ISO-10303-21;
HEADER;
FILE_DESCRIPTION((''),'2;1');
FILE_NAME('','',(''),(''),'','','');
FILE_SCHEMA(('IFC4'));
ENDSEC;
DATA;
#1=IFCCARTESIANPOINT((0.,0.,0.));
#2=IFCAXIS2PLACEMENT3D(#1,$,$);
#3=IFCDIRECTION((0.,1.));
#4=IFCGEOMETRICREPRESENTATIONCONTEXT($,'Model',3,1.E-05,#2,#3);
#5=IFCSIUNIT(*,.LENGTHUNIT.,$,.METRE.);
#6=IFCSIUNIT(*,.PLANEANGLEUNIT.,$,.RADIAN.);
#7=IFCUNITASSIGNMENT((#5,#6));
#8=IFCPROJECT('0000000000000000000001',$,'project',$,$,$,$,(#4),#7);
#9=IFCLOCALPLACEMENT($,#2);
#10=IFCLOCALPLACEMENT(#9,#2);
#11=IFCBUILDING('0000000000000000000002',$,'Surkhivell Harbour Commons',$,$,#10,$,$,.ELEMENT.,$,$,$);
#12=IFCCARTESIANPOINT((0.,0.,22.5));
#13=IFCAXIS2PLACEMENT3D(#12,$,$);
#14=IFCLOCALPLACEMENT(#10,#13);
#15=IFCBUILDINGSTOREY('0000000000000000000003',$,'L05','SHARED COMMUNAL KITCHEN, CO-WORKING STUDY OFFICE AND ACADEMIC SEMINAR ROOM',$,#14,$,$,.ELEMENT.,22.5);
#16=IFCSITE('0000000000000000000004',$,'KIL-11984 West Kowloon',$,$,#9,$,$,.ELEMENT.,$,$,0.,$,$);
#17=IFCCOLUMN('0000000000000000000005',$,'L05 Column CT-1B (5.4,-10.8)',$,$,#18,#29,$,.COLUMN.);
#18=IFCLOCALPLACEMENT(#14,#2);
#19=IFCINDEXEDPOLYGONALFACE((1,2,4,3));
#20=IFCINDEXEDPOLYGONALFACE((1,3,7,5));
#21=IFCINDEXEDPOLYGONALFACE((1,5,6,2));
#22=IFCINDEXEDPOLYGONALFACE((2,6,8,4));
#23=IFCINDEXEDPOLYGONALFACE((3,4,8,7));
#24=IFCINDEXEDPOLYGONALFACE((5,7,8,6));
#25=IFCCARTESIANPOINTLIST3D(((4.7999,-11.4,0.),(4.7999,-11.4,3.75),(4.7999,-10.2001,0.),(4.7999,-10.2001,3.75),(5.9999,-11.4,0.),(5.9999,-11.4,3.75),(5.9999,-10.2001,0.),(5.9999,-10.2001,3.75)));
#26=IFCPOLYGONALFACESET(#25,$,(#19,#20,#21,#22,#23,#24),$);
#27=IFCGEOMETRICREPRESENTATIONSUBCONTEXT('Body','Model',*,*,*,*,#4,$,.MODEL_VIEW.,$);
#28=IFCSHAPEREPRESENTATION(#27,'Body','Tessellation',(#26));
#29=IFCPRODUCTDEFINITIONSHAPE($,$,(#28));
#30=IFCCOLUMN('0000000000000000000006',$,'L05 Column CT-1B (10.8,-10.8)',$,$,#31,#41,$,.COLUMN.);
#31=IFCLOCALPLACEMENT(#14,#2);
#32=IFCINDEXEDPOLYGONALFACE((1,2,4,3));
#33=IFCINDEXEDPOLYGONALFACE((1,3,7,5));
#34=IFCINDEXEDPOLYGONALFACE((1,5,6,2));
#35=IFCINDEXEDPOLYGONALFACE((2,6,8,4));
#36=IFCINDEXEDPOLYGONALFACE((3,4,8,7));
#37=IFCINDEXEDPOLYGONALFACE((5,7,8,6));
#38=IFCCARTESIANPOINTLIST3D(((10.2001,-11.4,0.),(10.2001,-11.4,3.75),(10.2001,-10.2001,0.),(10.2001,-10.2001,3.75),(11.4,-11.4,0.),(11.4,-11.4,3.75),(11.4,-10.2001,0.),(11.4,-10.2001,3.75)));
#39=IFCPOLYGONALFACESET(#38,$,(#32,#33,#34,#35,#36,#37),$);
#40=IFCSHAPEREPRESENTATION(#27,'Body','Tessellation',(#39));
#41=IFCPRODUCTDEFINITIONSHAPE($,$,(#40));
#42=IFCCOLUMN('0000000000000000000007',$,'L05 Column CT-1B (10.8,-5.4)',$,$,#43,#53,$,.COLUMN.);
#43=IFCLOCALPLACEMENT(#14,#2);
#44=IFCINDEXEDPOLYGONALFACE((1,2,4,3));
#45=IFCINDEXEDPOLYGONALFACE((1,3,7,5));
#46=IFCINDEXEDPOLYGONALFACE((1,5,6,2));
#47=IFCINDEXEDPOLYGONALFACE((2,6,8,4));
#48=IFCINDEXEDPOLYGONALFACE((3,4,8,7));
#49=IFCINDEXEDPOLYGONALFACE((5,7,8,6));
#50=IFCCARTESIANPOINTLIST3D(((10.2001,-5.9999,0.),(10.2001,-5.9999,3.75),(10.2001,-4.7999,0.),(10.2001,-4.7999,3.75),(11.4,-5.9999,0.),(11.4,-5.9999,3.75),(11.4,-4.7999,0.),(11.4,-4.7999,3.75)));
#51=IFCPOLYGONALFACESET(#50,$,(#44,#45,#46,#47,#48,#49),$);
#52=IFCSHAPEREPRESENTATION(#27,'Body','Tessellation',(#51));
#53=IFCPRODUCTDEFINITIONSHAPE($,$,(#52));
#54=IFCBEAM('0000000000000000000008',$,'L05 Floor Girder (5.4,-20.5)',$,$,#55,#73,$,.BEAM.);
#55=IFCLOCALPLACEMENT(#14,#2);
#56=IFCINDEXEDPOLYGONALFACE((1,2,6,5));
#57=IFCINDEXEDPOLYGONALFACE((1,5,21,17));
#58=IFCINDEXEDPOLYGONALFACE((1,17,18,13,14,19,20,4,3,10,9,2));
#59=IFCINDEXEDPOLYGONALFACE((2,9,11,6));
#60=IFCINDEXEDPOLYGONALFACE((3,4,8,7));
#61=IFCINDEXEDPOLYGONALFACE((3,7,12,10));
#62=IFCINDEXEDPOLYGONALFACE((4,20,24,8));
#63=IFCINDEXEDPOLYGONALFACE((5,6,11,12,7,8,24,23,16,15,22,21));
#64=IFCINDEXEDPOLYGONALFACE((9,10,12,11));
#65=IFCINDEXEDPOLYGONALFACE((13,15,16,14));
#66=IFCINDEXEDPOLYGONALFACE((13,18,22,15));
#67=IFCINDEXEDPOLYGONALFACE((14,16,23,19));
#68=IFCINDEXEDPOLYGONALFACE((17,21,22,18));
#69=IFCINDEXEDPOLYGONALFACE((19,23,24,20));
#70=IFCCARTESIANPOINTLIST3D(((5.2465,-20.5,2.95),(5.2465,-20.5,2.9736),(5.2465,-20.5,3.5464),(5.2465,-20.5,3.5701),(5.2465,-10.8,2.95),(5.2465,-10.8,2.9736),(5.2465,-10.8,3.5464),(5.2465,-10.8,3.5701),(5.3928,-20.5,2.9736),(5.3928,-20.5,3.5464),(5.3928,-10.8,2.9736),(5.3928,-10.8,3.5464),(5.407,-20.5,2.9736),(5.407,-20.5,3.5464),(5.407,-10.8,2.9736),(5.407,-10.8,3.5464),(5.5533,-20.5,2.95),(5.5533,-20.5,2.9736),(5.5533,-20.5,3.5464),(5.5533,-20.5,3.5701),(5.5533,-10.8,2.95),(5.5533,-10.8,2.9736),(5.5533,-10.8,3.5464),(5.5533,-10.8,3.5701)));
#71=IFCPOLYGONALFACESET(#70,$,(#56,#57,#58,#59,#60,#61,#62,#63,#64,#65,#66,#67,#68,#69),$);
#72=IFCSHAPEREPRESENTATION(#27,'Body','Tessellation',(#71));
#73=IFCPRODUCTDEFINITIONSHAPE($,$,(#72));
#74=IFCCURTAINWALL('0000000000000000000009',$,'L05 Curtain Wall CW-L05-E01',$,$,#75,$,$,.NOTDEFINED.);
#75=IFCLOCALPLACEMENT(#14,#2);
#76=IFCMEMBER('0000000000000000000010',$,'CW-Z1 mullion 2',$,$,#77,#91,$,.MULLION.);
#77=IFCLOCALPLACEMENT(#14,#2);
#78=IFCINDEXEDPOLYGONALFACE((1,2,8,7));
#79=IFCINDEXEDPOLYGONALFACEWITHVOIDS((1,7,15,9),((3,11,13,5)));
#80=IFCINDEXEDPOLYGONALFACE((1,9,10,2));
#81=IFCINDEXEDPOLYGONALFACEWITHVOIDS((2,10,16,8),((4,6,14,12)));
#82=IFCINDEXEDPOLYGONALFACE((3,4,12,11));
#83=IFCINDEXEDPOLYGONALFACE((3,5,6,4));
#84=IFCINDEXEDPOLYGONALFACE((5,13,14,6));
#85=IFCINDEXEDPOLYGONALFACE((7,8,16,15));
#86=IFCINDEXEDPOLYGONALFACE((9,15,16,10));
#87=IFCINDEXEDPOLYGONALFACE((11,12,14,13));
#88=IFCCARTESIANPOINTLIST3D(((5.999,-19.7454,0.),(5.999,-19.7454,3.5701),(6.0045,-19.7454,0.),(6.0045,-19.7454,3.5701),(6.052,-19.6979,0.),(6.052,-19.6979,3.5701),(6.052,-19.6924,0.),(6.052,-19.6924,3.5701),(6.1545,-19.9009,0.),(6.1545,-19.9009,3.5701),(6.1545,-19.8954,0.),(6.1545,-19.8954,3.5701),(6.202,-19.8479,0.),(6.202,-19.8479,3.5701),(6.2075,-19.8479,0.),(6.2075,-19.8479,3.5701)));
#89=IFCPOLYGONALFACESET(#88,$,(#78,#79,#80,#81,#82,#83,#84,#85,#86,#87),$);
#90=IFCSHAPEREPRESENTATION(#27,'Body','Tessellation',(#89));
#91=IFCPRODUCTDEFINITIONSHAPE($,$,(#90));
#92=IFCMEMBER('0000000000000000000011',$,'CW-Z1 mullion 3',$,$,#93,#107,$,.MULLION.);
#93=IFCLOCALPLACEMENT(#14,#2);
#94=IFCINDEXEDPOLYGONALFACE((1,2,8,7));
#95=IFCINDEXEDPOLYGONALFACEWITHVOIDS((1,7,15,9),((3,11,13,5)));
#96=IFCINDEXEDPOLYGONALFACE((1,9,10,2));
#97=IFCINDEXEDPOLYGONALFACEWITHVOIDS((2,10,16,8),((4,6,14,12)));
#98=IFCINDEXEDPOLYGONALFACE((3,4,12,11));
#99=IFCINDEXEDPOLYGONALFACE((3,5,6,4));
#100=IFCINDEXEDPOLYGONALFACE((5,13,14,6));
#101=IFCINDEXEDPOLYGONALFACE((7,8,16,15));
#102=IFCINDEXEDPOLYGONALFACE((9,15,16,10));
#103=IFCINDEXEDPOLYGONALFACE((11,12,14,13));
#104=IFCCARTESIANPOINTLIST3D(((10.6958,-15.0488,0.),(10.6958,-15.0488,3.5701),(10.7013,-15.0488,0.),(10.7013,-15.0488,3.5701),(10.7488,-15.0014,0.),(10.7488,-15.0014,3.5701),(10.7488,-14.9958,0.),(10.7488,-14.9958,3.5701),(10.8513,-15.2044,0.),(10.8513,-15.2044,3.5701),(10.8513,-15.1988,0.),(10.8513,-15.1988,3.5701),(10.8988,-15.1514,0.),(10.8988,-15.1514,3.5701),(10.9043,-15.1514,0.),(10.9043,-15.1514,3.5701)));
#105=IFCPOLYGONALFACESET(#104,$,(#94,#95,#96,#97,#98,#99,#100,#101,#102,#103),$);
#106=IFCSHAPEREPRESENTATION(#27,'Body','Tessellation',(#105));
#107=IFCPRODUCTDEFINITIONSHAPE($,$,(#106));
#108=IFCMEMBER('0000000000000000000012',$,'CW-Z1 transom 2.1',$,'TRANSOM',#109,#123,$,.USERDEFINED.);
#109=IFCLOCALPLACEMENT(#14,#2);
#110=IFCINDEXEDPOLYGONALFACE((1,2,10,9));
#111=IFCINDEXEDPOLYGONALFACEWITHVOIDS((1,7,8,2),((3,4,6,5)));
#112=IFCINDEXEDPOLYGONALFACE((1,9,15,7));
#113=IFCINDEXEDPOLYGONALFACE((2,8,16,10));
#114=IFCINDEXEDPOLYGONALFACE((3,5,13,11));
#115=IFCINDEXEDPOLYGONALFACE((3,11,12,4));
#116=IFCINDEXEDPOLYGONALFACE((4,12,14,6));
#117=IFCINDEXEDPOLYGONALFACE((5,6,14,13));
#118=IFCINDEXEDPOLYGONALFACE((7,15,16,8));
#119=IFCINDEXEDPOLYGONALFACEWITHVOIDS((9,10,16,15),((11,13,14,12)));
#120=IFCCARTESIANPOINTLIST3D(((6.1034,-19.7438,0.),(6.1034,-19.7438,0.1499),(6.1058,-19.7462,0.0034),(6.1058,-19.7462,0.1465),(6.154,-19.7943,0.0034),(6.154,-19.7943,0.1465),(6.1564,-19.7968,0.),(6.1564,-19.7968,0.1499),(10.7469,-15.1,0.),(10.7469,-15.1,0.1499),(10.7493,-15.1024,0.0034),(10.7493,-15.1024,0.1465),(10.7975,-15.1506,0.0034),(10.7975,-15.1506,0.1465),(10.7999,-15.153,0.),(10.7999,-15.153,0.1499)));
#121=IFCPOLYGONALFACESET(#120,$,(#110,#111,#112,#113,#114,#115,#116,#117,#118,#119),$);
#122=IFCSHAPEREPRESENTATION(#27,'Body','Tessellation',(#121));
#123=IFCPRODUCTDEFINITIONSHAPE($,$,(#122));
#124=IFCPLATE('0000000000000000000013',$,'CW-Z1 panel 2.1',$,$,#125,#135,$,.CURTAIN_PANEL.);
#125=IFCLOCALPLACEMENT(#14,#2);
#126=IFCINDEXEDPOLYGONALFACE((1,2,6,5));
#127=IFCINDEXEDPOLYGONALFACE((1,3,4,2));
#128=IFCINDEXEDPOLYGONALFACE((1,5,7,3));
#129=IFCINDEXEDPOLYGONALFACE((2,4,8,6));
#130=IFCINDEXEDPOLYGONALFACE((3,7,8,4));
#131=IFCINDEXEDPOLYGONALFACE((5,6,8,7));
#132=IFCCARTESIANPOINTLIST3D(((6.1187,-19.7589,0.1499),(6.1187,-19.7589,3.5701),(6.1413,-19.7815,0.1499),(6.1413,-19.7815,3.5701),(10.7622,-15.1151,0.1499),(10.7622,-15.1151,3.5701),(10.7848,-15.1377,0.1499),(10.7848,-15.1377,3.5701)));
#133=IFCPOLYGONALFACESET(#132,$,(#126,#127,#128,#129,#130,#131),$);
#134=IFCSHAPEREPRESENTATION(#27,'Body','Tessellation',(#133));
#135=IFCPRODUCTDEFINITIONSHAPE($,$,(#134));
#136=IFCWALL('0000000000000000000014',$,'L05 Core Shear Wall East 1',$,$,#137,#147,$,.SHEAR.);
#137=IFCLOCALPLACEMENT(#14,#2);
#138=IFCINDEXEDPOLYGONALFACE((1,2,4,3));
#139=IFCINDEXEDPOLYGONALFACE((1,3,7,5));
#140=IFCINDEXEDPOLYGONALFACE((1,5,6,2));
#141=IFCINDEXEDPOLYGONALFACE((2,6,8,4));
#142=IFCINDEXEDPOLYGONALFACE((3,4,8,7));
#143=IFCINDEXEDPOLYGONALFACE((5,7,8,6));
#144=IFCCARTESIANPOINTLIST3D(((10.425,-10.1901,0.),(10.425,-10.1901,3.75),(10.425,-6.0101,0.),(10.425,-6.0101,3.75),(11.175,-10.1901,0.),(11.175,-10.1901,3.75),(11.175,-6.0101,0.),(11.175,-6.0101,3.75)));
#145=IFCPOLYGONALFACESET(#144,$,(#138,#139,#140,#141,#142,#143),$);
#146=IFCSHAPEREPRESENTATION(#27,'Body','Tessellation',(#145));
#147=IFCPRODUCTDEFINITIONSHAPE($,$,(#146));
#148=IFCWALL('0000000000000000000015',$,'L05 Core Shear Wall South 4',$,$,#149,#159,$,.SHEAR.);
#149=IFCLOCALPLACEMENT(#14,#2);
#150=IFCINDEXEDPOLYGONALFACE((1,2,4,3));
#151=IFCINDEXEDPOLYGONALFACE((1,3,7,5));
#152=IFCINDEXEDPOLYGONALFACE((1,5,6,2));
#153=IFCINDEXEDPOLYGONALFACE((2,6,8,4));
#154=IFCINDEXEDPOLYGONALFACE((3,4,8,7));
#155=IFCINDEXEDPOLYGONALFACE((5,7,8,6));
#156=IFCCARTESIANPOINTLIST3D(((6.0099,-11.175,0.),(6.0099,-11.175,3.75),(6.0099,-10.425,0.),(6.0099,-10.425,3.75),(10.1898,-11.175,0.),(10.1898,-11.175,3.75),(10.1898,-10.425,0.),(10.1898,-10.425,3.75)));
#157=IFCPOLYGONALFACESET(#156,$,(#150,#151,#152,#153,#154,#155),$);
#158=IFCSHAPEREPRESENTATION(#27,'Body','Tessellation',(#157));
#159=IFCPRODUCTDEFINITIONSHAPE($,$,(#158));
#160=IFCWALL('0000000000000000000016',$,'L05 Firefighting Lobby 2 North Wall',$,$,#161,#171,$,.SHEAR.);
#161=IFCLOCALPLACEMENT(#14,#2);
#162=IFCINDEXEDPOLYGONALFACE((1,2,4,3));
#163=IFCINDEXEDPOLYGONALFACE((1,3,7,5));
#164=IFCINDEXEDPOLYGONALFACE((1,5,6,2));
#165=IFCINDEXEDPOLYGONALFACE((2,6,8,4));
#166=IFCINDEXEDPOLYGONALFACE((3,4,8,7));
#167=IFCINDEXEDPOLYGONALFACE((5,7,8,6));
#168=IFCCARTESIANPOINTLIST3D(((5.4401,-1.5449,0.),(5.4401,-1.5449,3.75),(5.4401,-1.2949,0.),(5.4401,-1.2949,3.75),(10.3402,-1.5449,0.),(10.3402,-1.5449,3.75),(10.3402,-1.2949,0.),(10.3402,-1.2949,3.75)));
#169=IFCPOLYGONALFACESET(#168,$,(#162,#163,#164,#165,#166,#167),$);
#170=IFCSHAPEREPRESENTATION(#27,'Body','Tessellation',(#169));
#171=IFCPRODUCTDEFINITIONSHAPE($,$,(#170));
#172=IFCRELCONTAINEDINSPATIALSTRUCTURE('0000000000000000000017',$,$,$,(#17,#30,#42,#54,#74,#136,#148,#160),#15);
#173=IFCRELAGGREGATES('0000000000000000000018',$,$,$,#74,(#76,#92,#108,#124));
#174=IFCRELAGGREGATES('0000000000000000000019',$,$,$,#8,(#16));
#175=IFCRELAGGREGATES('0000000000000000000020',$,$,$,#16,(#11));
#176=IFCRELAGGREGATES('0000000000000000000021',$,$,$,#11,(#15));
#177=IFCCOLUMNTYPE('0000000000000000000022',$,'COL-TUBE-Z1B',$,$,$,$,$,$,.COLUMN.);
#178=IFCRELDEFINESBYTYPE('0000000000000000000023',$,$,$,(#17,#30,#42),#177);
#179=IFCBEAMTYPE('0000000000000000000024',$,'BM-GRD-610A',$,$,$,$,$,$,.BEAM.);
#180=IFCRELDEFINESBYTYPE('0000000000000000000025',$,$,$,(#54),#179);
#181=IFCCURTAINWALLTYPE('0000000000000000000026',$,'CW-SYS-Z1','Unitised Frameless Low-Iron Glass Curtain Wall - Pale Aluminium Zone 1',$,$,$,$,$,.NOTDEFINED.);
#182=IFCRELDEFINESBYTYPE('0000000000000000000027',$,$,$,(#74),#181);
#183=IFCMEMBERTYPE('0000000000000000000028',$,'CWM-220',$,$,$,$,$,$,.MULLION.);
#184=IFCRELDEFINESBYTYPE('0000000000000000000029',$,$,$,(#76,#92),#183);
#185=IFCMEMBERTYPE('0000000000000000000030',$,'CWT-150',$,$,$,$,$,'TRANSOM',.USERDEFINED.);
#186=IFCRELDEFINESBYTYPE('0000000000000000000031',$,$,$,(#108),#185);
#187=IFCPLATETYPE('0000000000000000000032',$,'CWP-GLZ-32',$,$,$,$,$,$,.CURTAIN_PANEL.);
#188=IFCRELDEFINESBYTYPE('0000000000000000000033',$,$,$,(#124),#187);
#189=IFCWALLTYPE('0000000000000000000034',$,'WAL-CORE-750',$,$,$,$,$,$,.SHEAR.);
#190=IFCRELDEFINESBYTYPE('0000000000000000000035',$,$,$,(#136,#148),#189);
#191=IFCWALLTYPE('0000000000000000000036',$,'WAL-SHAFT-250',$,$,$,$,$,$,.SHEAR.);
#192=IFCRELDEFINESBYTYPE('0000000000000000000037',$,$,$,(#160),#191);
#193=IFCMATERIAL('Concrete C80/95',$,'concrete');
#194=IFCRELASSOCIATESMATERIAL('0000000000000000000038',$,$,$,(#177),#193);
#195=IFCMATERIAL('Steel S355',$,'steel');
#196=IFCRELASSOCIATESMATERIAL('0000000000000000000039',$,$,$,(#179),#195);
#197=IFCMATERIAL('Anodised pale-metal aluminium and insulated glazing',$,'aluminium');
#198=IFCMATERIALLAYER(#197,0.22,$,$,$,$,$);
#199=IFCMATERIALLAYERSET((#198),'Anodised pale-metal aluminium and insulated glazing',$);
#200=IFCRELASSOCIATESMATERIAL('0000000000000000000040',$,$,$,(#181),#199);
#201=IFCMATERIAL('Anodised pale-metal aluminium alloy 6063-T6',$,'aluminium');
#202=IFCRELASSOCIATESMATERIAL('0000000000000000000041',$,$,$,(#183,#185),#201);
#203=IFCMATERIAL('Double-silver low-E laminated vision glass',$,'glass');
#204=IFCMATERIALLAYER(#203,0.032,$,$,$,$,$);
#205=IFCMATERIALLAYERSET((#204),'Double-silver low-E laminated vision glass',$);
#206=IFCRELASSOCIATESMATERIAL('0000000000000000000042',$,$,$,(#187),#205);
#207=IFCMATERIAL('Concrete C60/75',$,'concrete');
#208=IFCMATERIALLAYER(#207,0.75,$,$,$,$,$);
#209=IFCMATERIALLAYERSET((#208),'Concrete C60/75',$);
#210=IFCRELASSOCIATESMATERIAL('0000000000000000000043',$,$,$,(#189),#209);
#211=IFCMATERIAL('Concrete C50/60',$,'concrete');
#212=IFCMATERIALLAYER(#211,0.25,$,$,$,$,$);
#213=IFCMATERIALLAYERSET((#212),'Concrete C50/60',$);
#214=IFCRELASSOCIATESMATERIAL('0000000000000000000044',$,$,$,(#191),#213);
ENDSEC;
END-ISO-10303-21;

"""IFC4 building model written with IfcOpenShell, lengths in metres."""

from ifc_helpers import new_model, si_unit, direction, frame, frame_2d, origin, origin_2d, place, context, subcontext, project, spatial, rectangle, hollow_rectangle, i_section, extrude, material, layer, layer_set, material_profile, profile_set, type_object, element, aggregate, save


model = new_model("IFC4")

# Units and contexts
model_context = context("Model", 3, precision=1e-05, world=origin(), true_north=direction((0.0, 1.0)))
body_context = subcontext(model_context, "Body", "Model", "MODEL_VIEW")
ifc_project = project(units=[si_unit("LENGTHUNIT", "METRE"), si_unit("PLANEANGLEUNIT", "RADIAN")], contexts=[model_context])

# Site, building, storey
site_placement = place(None, origin())
site = spatial("IfcSite", under=ifc_project, at=site_placement, Name="KIL-11984 West Kowloon", CompositionType="ELEMENT", RefElevation=0.0)
building_placement = place(site_placement, origin())
building = spatial("IfcBuilding", under=site, at=building_placement, Name="Surkhivell Harbour Commons", CompositionType="ELEMENT")
storey_placement = place(building_placement, frame((0.0, 0.0, 22.5)))
storey = spatial("IfcBuildingStorey", under=building, at=storey_placement, Name="L05", Description="SHARED COMMUNAL KITCHEN, CO-WORKING STUDY OFFICE AND ACADEMIC SEMINAR ROOM", CompositionType="ELEMENT", Elevation=22.5)

# Columns
ifc_material_1 = material(Name="Concrete C80/95", Category="concrete")
ifc_material_profile_1 = material_profile(ifc_material_1, rectangle(XDim=1.2, YDim=1.2, at=origin_2d()), Name="RC-COL-1200x1200")
ifc_profile_set_1 = profile_set([ifc_material_profile_1], Name="Concrete C80/95")
column_type = type_object("IfcColumnType", Name="COL-TUBE-Z1B", PredefinedType="COLUMN", material=ifc_profile_set_1)
for number, where, z_axis, x_axis, name in (
    (1, (5.3999, -10.8, 0.0), (0.0, 0.0, 1.0), (1.0, 0.0, 0.0), "L05 Column CT-1B (5.4,-10.8)"),
    (2, (10.8, -10.8, 0.0), (0.0, 0.0, 1.0), (1.0, 0.0, 0.0), "L05 Column CT-1B (10.8,-10.8)"),
    (3, (10.8, -5.3999, 0.0), (0.0, 0.0, 1.0), (1.0, 0.0, 0.0), "L05 Column CT-1B (10.8,-5.4)"),
):
    element("IfcColumn", number, at=place(storey_placement, frame(where, z_axis=z_axis, x_axis=x_axis)), inside=storey, type_object=column_type, Name=name, PredefinedType="COLUMN", context=body_context, shape_type="SweptSolid", body=[
        extrude(rectangle(XDim=1.2, YDim=1.2, at=origin_2d()), origin(), (0.0, 0.0, 1.0), 3.75),
    ])

# Beam
ifc_material_2 = material(Name="Steel S355", Category="steel")
ifc_material_profile_2 = material_profile(ifc_material_2, i_section(OverallWidth=0.3069, OverallDepth=0.6201, WebThickness=0.0142, FlangeThickness=0.0237, at=origin_2d()), Name="UB610x305x179")
ifc_profile_set_2 = profile_set([ifc_material_profile_2], Name="Steel S355")
beam_type = type_object("IfcBeamType", Name="BM-GRD-610A", PredefinedType="BEAM", material=ifc_profile_set_2)
beam_placement = place(storey_placement, frame((5.3999, -20.5, 3.26), z_axis=(0.0, 1.0, 0.0), x_axis=(-1.0, 0.0, 0.0)))
element("IfcBeam", 4, at=beam_placement, inside=storey, type_object=beam_type, Name="L05 Floor Girder (5.4,-20.5)", PredefinedType="BEAM", context=body_context, shape_type="SweptSolid", body=[
    extrude(i_section(OverallWidth=0.3069, OverallDepth=0.6201, WebThickness=0.0142, FlangeThickness=0.0237, at=origin_2d()), origin(), (0.0, 0.0, 1.0), 9.7),
])

# Curtain wall, members, plate
ifc_material_3 = material(Name="Anodised pale-metal aluminium and insulated glazing", Category="aluminium")
ifc_layer_1 = layer(ifc_material_3, 0.22)
ifc_layer_set_1 = layer_set([ifc_layer_1], Name="Anodised pale-metal aluminium and insulated glazing")
curtain_wall_type = type_object("IfcCurtainWallType", Name="CW-SYS-Z1", Description="Unitised Frameless Low-Iron Glass Curtain Wall - Pale Aluminium Zone 1", PredefinedType="NOTDEFINED", material=ifc_layer_set_1)
curtain_wall_placement = place(storey_placement, origin())
curtain_wall = element("IfcCurtainWall", 5, at=curtain_wall_placement, inside=storey, type_object=curtain_wall_type, Name="L05 Curtain Wall CW-L05-E01", PredefinedType="NOTDEFINED")
ifc_material_4 = material(Name="Anodised pale-metal aluminium alloy 6063-T6", Category="aluminium")
ifc_material_profile_3 = material_profile(ifc_material_4, hollow_rectangle(XDim=0.075, YDim=0.22, WallThickness=0.0039, at=origin_2d()), Name="ALU-MULL-75x220")
ifc_profile_set_3 = profile_set([ifc_material_profile_3], Name="Anodised pale-metal aluminium alloy 6063-T6")
member_type_1 = type_object("IfcMemberType", Name="CWM-220", PredefinedType="MULLION", material=ifc_profile_set_3)
member_1_placement = place(storey_placement, frame((6.1033, -19.7966, 0.0), z_axis=(0.0, 0.0, 1.0), x_axis=(0.707107, 0.707107, 0.0)))
member_1 = element("IfcMember", 6, at=member_1_placement, type_object=member_type_1, Name="CW-Z1 mullion 2", PredefinedType="MULLION", context=body_context, shape_type="SweptSolid", body=[
    extrude(hollow_rectangle(XDim=0.075, YDim=0.22, WallThickness=0.0039, at=origin_2d()), origin(), (0.0, 0.0, 1.0), 3.5701),
])
member_2_placement = place(storey_placement, frame((10.8, -15.1001, 0.0), z_axis=(0.0, 0.0, 1.0), x_axis=(0.707107, 0.707107, 0.0)))
member_2 = element("IfcMember", 7, at=member_2_placement, type_object=member_type_1, Name="CW-Z1 mullion 3", PredefinedType="MULLION", context=body_context, shape_type="SweptSolid", body=[
    extrude(hollow_rectangle(XDim=0.075, YDim=0.22, WallThickness=0.0039, at=origin_2d()), origin(), (0.0, 0.0, 1.0), 3.5701),
])
ifc_material_profile_4 = material_profile(ifc_material_4, hollow_rectangle(XDim=0.075, YDim=0.1499, WallThickness=0.0034, at=origin_2d()), Name="ALU-TRAN-75x150")
ifc_profile_set_4 = profile_set([ifc_material_profile_4], Name="Anodised pale-metal aluminium alloy 6063-T6")
member_type_2 = type_object("IfcMemberType", Name="CWT-150", ElementType="TRANSOM", PredefinedType="USERDEFINED", material=ifc_profile_set_4)
member_3_placement = place(storey_placement, frame((6.1299, -19.7703, 0.075), z_axis=(0.707088, 0.707125, 0.0), x_axis=(-0.707125, 0.707088, 0.0)))
member_3 = element("IfcMember", 8, at=member_3_placement, type_object=member_type_2, Name="CW-Z1 transom 2.1", ObjectType="TRANSOM", PredefinedType="USERDEFINED", context=body_context, shape_type="SweptSolid", body=[
    extrude(hollow_rectangle(XDim=0.075, YDim=0.1499, WallThickness=0.0034, at=origin_2d()), origin(), (0.0, 0.0, 1.0), 6.5671),
])
ifc_material_5 = material(Name="Double-silver low-E laminated vision glass", Category="glass")
ifc_layer_2 = layer(ifc_material_5, 0.032)
ifc_layer_set_2 = layer_set([ifc_layer_2], Name="Double-silver low-E laminated vision glass")
plate_type = type_object("IfcPlateType", Name="CWP-GLZ-32", PredefinedType="CURTAIN_PANEL", material=ifc_layer_set_2)
plate_placement = place(storey_placement, frame((6.1299, -19.7703, 0.1499), z_axis=(0.0, 0.0, 1.0), x_axis=(0.707088, 0.707125, 0.0)))
plate = element("IfcPlate", 9, at=plate_placement, type_object=plate_type, Name="CW-Z1 panel 2.1", PredefinedType="CURTAIN_PANEL", context=body_context, shape_type="SweptSolid", body=[
    extrude(rectangle(XDim=6.5671, YDim=0.032, at=frame_2d((3.2837, 0.0))), origin(), (0.0, 0.0, 1.0), 3.4202),
])
aggregate(curtain_wall, [member_1, member_2, member_3, plate])

# Walls
ifc_material_6 = material(Name="Concrete C60/75", Category="concrete")
ifc_layer_3 = layer(ifc_material_6, 0.75)
ifc_layer_set_3 = layer_set([ifc_layer_3], Name="Concrete C60/75")
wall_type_1 = type_object("IfcWallType", Name="WAL-CORE-750", PredefinedType="SHEAR", material=ifc_layer_set_3)
for number, where, z_axis, x_axis, name in (
    (10, (10.8, -10.1899, 0.0), (0.0, 0.0, 1.0), (0.0, 1.0, 0.0), "L05 Core Shear Wall East 1"),
    (11, (6.01, -10.8, 0.0), (0.0, 0.0, 1.0), (1.0, 0.0, 0.0), "L05 Core Shear Wall South 4"),
):
    element("IfcWall", number, at=place(storey_placement, frame(where, z_axis=z_axis, x_axis=x_axis)), inside=storey, type_object=wall_type_1, Name=name, PredefinedType="SHEAR", context=body_context, shape_type="SweptSolid", body=[
        extrude(rectangle(XDim=4.1799, YDim=0.75, at=frame_2d((2.0898, 0.0))), origin(), (0.0, 0.0, 1.0), 3.75),
    ])
ifc_material_7 = material(Name="Concrete C50/60", Category="concrete")
ifc_layer_4 = layer(ifc_material_7, 0.25)
ifc_layer_set_4 = layer_set([ifc_layer_4], Name="Concrete C50/60")
wall_type_2 = type_object("IfcWallType", Name="WAL-SHAFT-250", PredefinedType="SHEAR", material=ifc_layer_set_4)
wall_1_placement = place(storey_placement, frame((5.4399, -1.4199, 0.0), z_axis=(0.0, 0.0, 1.0), x_axis=(1.0, 0.0, 0.0)))
element("IfcWall", 12, at=wall_1_placement, inside=storey, type_object=wall_type_2, Name="L05 Firefighting Lobby 2 North Wall", PredefinedType="SHEAR", context=body_context, shape_type="SweptSolid", body=[
    extrude(rectangle(XDim=4.9001, YDim=0.25, at=frame_2d((2.4502, 0.0))), origin(), (0.0, 0.0, 1.0), 3.75),
])

save(model, "model.ifc")
